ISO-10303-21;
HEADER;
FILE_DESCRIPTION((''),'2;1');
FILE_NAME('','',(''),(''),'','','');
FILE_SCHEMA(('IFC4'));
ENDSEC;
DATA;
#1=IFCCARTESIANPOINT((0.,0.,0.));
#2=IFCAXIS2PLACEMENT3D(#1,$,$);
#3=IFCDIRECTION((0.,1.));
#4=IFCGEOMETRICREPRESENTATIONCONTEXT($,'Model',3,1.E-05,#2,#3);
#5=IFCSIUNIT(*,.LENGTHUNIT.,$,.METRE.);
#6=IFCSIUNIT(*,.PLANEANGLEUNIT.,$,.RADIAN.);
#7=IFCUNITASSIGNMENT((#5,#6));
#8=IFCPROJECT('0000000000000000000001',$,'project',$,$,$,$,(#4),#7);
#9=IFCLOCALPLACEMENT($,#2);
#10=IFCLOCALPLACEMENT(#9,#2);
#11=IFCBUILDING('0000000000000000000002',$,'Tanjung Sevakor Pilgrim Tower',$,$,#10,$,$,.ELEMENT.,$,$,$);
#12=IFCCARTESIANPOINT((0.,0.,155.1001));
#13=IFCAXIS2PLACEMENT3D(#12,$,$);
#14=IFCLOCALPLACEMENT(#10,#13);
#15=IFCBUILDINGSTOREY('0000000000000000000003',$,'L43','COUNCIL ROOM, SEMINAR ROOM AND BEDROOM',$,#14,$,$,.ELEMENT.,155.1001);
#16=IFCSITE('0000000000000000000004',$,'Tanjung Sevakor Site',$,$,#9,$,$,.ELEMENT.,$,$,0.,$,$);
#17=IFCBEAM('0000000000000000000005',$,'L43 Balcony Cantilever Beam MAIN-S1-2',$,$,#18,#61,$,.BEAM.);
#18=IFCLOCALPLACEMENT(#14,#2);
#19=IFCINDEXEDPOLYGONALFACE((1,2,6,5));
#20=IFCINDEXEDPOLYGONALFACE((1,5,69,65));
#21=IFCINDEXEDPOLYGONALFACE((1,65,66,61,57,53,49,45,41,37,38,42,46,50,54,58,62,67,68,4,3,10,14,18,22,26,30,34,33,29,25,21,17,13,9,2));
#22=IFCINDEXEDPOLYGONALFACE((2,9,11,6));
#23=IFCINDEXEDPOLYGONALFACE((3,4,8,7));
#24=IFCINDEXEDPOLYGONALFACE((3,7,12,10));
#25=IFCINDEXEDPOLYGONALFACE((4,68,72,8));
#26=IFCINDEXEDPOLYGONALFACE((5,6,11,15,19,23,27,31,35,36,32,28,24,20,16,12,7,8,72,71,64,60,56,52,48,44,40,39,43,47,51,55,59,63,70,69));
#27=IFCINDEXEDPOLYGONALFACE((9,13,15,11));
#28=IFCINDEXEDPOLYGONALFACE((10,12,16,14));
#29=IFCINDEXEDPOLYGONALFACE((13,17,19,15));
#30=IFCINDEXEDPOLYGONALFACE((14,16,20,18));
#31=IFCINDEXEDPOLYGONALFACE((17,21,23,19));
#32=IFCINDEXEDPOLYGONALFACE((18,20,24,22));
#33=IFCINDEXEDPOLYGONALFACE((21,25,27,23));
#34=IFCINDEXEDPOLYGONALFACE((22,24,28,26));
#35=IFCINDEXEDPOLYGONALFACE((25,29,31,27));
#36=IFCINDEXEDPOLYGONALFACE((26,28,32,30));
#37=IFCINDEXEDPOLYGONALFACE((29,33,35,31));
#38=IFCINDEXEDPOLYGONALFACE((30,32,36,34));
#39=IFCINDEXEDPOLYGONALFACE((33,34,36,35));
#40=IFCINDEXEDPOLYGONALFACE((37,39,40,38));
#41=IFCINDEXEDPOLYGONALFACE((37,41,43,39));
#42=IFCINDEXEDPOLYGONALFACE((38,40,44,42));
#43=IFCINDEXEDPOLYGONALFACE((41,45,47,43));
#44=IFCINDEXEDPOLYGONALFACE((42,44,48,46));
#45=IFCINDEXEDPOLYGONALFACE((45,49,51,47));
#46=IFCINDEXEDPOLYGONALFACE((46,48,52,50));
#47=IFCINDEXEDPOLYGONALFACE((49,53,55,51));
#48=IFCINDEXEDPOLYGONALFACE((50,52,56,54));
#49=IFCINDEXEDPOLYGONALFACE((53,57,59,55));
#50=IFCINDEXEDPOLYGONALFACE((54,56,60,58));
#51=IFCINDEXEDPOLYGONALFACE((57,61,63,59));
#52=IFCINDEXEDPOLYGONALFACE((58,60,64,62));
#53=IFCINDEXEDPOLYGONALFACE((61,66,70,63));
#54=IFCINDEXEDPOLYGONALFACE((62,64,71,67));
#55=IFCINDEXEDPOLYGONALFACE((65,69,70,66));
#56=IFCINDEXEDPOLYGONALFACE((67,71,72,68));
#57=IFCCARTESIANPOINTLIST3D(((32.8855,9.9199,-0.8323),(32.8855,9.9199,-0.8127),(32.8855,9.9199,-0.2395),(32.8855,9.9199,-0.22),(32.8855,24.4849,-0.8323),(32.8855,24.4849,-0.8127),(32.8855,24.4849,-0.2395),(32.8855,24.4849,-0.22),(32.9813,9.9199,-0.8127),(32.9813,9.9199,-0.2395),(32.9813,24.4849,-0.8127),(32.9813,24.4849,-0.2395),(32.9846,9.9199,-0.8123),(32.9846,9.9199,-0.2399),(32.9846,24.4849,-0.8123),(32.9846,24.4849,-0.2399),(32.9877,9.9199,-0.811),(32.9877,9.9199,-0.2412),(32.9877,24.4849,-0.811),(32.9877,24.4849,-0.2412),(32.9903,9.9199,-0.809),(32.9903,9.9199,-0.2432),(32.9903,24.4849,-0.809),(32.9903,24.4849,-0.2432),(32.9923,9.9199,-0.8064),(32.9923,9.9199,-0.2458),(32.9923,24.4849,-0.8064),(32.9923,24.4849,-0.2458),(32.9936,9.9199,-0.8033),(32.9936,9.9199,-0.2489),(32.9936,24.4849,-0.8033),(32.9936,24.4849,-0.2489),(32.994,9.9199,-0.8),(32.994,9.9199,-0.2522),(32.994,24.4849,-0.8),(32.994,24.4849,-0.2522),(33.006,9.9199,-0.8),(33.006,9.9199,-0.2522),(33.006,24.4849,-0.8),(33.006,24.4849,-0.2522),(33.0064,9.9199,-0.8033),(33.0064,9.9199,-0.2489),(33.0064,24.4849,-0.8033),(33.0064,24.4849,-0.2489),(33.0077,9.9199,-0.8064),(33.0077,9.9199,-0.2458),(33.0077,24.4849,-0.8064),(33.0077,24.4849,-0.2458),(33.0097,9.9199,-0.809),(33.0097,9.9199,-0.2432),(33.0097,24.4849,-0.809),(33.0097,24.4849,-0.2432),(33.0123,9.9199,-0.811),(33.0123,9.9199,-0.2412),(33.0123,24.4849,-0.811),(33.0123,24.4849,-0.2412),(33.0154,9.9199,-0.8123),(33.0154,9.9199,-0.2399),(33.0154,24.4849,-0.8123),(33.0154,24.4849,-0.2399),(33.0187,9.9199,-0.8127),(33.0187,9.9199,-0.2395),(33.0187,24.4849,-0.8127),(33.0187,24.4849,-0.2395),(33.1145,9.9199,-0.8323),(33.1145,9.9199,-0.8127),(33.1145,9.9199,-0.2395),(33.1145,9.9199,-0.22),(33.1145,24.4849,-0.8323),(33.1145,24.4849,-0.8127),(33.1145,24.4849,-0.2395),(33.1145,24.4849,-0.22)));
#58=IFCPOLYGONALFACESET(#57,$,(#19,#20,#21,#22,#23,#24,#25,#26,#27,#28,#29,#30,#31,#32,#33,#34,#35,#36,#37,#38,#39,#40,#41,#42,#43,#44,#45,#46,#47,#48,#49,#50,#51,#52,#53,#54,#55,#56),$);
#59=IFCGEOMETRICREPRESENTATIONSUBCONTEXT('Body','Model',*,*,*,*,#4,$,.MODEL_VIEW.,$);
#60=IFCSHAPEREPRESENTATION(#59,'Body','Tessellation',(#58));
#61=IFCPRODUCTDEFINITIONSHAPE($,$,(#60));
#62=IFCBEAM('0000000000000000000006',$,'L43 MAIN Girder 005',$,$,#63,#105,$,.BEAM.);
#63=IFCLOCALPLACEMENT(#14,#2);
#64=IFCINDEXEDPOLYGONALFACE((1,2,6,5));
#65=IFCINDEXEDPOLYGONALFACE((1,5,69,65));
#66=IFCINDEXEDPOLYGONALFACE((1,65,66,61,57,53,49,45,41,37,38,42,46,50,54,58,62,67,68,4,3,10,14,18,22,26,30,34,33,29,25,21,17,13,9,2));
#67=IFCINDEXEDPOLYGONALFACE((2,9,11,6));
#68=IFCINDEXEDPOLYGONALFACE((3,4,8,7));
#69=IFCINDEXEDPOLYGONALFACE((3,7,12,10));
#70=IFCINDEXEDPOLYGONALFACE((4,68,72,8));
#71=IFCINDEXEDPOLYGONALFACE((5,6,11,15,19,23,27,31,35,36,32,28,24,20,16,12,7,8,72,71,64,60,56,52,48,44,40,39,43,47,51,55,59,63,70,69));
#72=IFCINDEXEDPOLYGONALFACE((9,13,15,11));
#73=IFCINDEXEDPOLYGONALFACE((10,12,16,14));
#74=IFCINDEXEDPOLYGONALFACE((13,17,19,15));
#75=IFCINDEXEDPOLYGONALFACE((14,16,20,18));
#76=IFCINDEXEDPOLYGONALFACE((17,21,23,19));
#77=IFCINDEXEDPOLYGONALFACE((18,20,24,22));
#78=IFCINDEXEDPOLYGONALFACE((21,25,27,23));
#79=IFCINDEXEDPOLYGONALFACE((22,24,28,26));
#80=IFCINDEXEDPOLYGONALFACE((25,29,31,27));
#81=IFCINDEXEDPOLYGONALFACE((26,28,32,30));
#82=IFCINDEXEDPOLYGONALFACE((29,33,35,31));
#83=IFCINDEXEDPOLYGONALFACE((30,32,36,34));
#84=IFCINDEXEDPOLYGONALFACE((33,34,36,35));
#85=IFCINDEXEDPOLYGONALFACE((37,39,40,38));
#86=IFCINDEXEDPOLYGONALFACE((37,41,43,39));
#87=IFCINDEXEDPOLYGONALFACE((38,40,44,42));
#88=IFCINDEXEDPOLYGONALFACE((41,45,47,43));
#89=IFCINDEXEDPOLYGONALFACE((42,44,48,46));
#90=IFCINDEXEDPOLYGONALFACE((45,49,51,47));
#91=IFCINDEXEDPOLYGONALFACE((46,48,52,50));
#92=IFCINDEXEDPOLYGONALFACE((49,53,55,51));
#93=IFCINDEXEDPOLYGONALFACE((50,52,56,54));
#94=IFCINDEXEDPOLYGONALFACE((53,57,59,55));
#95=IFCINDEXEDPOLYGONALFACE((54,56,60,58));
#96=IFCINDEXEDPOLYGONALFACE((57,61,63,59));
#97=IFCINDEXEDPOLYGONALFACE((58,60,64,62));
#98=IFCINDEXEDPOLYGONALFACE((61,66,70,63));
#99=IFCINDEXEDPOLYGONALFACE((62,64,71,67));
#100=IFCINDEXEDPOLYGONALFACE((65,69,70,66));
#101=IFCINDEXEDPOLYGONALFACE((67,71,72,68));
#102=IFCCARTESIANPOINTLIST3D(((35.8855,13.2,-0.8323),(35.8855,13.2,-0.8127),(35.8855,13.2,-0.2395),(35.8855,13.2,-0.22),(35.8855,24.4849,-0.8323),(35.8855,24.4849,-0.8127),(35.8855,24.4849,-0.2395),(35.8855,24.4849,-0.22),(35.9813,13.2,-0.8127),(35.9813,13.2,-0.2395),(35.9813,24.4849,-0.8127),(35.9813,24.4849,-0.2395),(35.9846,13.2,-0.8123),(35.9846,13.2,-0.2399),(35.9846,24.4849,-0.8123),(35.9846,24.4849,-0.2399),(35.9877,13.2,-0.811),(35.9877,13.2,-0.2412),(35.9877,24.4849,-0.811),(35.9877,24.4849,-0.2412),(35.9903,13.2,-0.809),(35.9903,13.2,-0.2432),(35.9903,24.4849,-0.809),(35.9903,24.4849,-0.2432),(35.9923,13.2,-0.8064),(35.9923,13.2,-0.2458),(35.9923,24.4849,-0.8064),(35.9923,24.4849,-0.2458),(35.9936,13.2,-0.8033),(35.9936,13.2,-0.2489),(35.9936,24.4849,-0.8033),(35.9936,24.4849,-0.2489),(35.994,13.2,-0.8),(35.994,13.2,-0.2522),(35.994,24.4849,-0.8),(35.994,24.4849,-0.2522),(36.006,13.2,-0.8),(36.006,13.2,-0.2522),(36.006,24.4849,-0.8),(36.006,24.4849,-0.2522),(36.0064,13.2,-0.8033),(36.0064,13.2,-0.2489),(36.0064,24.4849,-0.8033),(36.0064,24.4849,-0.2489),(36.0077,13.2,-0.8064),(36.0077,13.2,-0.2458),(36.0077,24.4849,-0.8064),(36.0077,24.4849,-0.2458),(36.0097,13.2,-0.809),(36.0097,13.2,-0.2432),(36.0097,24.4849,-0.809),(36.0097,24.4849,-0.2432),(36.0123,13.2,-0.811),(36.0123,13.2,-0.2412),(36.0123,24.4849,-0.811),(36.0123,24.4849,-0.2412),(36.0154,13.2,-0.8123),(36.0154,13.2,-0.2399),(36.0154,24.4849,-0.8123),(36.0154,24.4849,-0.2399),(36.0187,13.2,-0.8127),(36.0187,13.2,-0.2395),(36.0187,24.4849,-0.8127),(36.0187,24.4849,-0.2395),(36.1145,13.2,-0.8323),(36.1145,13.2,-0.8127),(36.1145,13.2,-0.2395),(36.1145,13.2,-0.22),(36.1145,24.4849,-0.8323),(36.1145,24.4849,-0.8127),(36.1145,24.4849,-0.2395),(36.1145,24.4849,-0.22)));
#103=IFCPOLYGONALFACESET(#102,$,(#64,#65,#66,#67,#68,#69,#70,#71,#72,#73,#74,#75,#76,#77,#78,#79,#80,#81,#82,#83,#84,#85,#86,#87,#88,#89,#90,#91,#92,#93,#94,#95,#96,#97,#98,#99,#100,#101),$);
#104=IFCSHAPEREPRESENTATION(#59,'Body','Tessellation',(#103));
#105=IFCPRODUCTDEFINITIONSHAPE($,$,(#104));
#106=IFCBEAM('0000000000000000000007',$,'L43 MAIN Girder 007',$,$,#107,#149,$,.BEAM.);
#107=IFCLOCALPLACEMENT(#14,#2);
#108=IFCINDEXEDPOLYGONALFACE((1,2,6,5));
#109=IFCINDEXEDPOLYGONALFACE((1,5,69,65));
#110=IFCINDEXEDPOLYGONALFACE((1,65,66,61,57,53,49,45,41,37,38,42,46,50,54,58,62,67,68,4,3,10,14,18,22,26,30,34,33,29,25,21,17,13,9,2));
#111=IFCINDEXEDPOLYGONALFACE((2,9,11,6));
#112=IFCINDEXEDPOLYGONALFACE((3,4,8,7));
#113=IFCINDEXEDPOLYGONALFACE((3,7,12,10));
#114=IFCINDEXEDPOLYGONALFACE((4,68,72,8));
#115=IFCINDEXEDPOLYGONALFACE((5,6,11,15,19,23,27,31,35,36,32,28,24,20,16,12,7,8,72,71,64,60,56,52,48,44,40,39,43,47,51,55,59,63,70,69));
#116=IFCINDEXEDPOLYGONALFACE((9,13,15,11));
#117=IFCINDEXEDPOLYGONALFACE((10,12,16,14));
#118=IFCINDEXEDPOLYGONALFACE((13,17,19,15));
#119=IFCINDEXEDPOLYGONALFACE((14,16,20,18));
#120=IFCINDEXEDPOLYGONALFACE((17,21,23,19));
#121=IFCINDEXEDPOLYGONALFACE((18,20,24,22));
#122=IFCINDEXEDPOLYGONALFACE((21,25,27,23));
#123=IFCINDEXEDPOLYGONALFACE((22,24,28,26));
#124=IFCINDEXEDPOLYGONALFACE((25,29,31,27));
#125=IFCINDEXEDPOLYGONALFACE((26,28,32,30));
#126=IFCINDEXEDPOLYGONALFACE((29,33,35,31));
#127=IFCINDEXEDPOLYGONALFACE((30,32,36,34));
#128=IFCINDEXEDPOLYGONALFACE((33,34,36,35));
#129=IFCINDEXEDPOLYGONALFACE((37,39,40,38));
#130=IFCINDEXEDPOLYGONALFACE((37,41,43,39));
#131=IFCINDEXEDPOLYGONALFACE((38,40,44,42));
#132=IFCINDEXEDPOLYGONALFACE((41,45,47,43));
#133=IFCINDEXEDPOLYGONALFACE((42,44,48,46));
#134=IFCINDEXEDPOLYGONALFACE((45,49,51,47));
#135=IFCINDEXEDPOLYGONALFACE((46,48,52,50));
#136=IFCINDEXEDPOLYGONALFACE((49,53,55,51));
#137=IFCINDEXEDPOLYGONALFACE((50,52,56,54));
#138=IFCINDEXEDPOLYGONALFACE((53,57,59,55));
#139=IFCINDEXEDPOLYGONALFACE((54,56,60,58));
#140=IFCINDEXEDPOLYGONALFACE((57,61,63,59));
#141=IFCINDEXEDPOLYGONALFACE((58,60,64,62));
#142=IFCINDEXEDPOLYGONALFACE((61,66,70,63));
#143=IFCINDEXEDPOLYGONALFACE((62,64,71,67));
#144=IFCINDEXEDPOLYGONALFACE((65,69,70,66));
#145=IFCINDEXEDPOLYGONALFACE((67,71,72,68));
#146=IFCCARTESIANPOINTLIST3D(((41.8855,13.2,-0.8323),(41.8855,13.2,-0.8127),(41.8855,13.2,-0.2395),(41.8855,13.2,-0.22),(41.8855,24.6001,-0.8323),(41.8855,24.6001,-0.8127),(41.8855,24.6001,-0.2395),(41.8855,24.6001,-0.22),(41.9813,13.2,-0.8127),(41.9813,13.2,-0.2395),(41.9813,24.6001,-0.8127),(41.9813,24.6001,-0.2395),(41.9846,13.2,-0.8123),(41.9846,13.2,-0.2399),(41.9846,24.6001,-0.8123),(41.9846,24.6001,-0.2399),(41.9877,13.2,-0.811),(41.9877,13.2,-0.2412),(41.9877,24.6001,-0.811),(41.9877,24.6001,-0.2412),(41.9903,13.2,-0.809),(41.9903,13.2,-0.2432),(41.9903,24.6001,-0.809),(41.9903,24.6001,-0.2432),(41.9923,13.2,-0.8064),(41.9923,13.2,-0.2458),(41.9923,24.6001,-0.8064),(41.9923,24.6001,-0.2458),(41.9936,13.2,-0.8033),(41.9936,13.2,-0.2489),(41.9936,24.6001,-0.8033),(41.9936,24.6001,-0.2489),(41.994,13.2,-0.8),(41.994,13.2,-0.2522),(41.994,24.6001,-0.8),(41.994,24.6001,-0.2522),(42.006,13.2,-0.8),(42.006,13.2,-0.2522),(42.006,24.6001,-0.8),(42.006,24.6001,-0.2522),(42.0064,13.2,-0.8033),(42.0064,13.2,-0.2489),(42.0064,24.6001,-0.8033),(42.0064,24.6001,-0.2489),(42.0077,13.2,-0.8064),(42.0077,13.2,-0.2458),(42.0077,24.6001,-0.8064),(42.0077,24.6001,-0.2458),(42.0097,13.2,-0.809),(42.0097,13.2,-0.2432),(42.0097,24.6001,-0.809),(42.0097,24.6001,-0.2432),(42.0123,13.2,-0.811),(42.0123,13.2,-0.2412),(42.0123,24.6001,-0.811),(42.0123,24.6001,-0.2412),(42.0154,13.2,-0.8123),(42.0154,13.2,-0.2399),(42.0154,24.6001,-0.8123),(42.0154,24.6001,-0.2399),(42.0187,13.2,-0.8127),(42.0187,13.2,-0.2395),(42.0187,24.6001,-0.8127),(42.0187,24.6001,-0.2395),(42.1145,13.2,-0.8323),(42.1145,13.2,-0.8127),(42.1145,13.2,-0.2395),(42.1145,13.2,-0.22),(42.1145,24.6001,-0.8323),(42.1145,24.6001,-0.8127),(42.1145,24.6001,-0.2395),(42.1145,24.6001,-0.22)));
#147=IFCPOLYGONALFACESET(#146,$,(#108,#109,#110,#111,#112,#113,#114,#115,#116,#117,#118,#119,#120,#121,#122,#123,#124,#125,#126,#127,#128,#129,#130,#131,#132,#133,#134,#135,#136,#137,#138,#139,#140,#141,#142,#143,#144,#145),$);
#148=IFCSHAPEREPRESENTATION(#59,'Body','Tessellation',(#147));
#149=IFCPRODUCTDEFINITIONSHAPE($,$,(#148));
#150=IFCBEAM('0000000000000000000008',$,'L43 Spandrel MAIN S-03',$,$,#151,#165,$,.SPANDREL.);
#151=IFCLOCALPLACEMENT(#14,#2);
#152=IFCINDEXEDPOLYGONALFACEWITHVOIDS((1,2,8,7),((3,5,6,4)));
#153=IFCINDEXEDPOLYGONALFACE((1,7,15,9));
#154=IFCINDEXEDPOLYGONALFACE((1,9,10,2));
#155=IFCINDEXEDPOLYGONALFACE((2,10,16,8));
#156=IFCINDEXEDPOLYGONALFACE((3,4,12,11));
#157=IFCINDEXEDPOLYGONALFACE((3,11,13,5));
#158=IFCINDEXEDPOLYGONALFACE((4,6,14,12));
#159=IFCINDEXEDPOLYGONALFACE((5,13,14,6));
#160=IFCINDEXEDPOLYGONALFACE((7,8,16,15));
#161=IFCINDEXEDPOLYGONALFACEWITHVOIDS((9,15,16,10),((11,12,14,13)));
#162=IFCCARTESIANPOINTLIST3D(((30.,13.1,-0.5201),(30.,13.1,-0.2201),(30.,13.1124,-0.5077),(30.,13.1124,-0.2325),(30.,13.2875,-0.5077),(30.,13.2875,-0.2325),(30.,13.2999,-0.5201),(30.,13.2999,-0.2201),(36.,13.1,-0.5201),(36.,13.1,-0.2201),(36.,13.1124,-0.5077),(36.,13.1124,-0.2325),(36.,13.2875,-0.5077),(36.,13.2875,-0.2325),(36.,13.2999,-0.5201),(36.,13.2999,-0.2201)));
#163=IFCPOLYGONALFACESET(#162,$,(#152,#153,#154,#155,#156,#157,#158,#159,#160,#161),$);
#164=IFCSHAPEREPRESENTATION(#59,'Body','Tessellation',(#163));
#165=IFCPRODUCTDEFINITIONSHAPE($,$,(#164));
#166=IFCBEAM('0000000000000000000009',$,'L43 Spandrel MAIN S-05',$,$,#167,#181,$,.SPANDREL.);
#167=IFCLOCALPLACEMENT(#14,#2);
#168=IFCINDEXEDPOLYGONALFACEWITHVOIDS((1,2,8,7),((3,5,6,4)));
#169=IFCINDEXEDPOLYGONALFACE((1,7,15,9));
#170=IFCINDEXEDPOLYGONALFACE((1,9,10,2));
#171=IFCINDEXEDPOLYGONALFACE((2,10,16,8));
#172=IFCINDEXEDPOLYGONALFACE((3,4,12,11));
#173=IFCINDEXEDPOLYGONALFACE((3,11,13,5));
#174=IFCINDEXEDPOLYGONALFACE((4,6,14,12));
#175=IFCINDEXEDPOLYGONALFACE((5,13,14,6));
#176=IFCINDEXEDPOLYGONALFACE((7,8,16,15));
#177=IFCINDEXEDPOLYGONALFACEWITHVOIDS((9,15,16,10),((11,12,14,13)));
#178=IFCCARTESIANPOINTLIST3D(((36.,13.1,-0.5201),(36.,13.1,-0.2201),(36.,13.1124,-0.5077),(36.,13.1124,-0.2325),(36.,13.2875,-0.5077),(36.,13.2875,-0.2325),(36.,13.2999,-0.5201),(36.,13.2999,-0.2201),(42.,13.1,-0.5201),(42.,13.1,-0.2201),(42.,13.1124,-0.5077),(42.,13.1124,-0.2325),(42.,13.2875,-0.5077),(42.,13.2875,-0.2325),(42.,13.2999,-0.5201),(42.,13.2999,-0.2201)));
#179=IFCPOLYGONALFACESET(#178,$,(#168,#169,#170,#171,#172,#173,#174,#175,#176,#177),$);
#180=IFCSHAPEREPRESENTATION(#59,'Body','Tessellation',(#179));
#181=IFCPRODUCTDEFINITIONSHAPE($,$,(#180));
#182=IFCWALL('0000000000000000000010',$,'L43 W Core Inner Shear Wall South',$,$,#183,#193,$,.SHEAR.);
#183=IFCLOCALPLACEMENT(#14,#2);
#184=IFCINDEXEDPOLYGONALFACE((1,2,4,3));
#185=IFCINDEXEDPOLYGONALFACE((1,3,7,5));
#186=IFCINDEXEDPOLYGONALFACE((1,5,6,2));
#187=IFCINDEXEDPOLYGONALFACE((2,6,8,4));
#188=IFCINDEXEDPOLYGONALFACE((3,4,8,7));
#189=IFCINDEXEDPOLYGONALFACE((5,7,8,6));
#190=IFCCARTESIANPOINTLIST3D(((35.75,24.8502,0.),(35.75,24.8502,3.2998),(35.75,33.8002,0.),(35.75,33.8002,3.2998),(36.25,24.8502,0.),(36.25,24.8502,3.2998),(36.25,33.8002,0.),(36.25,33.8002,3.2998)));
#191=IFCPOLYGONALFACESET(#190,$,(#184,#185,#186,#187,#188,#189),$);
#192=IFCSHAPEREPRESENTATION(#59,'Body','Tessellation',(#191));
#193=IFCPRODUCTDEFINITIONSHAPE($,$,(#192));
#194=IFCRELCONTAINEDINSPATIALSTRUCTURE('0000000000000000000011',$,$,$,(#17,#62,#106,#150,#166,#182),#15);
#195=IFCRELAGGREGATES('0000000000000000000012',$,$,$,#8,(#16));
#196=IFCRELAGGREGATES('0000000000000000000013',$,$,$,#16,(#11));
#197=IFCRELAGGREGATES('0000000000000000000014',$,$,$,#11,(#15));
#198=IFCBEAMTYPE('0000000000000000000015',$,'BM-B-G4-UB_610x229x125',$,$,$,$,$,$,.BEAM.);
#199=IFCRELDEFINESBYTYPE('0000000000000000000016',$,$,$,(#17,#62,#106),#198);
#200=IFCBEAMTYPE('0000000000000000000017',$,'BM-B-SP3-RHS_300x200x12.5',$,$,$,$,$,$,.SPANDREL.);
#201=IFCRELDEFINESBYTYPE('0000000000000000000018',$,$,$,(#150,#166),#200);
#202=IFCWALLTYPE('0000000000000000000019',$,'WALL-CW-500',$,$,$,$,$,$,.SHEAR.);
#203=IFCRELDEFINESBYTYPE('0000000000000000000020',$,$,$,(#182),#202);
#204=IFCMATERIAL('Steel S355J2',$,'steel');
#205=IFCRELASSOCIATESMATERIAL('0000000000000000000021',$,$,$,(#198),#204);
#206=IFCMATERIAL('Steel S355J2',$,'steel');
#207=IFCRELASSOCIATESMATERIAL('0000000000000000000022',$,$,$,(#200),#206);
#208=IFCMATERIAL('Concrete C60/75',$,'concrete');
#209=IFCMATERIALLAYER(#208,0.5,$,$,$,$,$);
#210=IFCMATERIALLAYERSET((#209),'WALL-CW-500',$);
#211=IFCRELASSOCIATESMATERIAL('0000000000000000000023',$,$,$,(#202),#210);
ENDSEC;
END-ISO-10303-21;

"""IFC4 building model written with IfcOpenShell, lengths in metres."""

from ifc_helpers import new_model, si_unit, direction, frame, frame_2d, origin, origin_2d, place, context, subcontext, project, spatial, rectangle, hollow_rectangle, i_section, extrude, material, layer, layer_set, material_profile, profile_set, type_object, element, save


model = new_model("IFC4")

# Units and contexts
model_context = context("Model", 3, precision=1e-05, world=origin(), true_north=direction((0.0, 1.0)))
body_context = subcontext(model_context, "Body", "Model", "MODEL_VIEW")
ifc_project = project(units=[si_unit("LENGTHUNIT", "METRE"), si_unit("PLANEANGLEUNIT", "RADIAN")], contexts=[model_context])

# Site, building, storey
site_placement = place(None, origin())
site = spatial("IfcSite", under=ifc_project, at=site_placement, Name="Tanjung Sevakor Site", CompositionType="ELEMENT", RefElevation=0.0)
building_placement = place(site_placement, origin())
building = spatial("IfcBuilding", under=site, at=building_placement, Name="Tanjung Sevakor Pilgrim Tower", CompositionType="ELEMENT")
storey_placement = place(building_placement, frame((0.0, 0.0, 155.1001)))
storey = spatial("IfcBuildingStorey", under=building, at=storey_placement, Name="L43", Description="COUNCIL ROOM, SEMINAR ROOM AND BEDROOM", CompositionType="ELEMENT", Elevation=155.1001)

# Beams
ifc_material_1 = material(Name="Steel S355J2", Category="steel")
ifc_material_profile_1 = material_profile(ifc_material_1, i_section(OverallWidth=0.229, OverallDepth=0.6123, WebThickness=0.012, FlangeThickness=0.0195, FilletRadius=0.0127, at=origin_2d()))
ifc_profile_set_1 = profile_set([ifc_material_profile_1], Name="Steel S355J2")
beam_type_1 = type_object("IfcBeamType", Name="BM-B-G4-UB_610x229x125", PredefinedType="BEAM", material=ifc_profile_set_1)
beam_1_placement = place(storey_placement, frame((33.0, 24.4849, -0.5261), z_axis=(0.0, -1.0, 0.0), x_axis=(1.0, 0.0, 0.0)))
element("IfcBeam", 1, at=beam_1_placement, inside=storey, type_object=beam_type_1, Name="L43 Balcony Cantilever Beam MAIN-S1-2", PredefinedType="BEAM", context=body_context, shape_type="SweptSolid", body=[
    extrude(i_section(OverallWidth=0.229, OverallDepth=0.6123, WebThickness=0.012, FlangeThickness=0.0195, FilletRadius=0.0127, at=origin_2d()), origin(), (0.0, 0.0, 1.0), 14.5649),
])
beam_2_placement = place(storey_placement, frame((36.0, 13.2, -0.5261), z_axis=(0.0, 1.0, 0.0), x_axis=(-1.0, 0.0, 0.0)))
element("IfcBeam", 2, at=beam_2_placement, inside=storey, type_object=beam_type_1, Name="L43 MAIN Girder 005", PredefinedType="BEAM", context=body_context, shape_type="SweptSolid", body=[
    extrude(i_section(OverallWidth=0.229, OverallDepth=0.6123, WebThickness=0.012, FlangeThickness=0.0195, FilletRadius=0.0127, at=origin_2d()), origin(), (0.0, 0.0, 1.0), 11.2849),
])
beam_3_placement = place(storey_placement, frame((42.0, 13.2, -0.5261), z_axis=(0.0, 1.0, 0.0), x_axis=(-1.0, 0.0, 0.0)))
element("IfcBeam", 3, at=beam_3_placement, inside=storey, type_object=beam_type_1, Name="L43 MAIN Girder 007", PredefinedType="BEAM", context=body_context, shape_type="SweptSolid", body=[
    extrude(i_section(OverallWidth=0.229, OverallDepth=0.6123, WebThickness=0.012, FlangeThickness=0.0195, FilletRadius=0.0127, at=origin_2d()), origin(), (0.0, 0.0, 1.0), 11.4001),
])
ifc_material_2 = material(Name="Steel S355J2", Category="steel")
ifc_material_profile_2 = material_profile(ifc_material_2, hollow_rectangle(XDim=0.2, YDim=0.3, WallThickness=0.0125, at=origin_2d()))
ifc_profile_set_2 = profile_set([ifc_material_profile_2], Name="Steel S355J2")
beam_type_2 = type_object("IfcBeamType", Name="BM-B-SP3-RHS_300x200x12.5", PredefinedType="SPANDREL", material=ifc_profile_set_2)
for number, where, z_axis, x_axis, name in (
    (4, (30.0, 13.2, -0.3701), (1.0, 0.0, 0.0), (0.0, 1.0, 0.0), "L43 Spandrel MAIN S-03"),
    (5, (36.0, 13.2, -0.3701), (1.0, 0.0, 0.0), (0.0, 1.0, 0.0), "L43 Spandrel MAIN S-05"),
):
    element("IfcBeam", number, at=place(storey_placement, frame(where, z_axis=z_axis, x_axis=x_axis)), inside=storey, type_object=beam_type_2, Name=name, PredefinedType="SPANDREL", context=body_context, shape_type="SweptSolid", body=[
        extrude(hollow_rectangle(XDim=0.2, YDim=0.3, WallThickness=0.0125, at=origin_2d()), origin(), (0.0, 0.0, 1.0), 6.0),
    ])

# Wall
ifc_material_3 = material(Name="Concrete C60/75", Category="concrete")
ifc_layer_1 = layer(ifc_material_3, 0.5)
ifc_layer_set_1 = layer_set([ifc_layer_1], Name="WALL-CW-500")
wall_type_1 = type_object("IfcWallType", Name="WALL-CW-500", PredefinedType="SHEAR", material=ifc_layer_set_1)
wall_1_placement = place(storey_placement, frame((36.0, 24.8501, 0.0), z_axis=(0.0, 0.0, 1.0), x_axis=(0.0, 1.0, 0.0)))
element("IfcWall", 6, at=wall_1_placement, inside=storey, type_object=wall_type_1, Name="L43 W Core Inner Shear Wall South", PredefinedType="SHEAR", context=body_context, shape_type="SweptSolid", body=[
    extrude(rectangle(XDim=8.95, YDim=0.5, at=frame_2d((4.4751, 0.0))), origin(), (0.0, 0.0, 1.0), 3.2998),
])

save(model, "model.ifc")
